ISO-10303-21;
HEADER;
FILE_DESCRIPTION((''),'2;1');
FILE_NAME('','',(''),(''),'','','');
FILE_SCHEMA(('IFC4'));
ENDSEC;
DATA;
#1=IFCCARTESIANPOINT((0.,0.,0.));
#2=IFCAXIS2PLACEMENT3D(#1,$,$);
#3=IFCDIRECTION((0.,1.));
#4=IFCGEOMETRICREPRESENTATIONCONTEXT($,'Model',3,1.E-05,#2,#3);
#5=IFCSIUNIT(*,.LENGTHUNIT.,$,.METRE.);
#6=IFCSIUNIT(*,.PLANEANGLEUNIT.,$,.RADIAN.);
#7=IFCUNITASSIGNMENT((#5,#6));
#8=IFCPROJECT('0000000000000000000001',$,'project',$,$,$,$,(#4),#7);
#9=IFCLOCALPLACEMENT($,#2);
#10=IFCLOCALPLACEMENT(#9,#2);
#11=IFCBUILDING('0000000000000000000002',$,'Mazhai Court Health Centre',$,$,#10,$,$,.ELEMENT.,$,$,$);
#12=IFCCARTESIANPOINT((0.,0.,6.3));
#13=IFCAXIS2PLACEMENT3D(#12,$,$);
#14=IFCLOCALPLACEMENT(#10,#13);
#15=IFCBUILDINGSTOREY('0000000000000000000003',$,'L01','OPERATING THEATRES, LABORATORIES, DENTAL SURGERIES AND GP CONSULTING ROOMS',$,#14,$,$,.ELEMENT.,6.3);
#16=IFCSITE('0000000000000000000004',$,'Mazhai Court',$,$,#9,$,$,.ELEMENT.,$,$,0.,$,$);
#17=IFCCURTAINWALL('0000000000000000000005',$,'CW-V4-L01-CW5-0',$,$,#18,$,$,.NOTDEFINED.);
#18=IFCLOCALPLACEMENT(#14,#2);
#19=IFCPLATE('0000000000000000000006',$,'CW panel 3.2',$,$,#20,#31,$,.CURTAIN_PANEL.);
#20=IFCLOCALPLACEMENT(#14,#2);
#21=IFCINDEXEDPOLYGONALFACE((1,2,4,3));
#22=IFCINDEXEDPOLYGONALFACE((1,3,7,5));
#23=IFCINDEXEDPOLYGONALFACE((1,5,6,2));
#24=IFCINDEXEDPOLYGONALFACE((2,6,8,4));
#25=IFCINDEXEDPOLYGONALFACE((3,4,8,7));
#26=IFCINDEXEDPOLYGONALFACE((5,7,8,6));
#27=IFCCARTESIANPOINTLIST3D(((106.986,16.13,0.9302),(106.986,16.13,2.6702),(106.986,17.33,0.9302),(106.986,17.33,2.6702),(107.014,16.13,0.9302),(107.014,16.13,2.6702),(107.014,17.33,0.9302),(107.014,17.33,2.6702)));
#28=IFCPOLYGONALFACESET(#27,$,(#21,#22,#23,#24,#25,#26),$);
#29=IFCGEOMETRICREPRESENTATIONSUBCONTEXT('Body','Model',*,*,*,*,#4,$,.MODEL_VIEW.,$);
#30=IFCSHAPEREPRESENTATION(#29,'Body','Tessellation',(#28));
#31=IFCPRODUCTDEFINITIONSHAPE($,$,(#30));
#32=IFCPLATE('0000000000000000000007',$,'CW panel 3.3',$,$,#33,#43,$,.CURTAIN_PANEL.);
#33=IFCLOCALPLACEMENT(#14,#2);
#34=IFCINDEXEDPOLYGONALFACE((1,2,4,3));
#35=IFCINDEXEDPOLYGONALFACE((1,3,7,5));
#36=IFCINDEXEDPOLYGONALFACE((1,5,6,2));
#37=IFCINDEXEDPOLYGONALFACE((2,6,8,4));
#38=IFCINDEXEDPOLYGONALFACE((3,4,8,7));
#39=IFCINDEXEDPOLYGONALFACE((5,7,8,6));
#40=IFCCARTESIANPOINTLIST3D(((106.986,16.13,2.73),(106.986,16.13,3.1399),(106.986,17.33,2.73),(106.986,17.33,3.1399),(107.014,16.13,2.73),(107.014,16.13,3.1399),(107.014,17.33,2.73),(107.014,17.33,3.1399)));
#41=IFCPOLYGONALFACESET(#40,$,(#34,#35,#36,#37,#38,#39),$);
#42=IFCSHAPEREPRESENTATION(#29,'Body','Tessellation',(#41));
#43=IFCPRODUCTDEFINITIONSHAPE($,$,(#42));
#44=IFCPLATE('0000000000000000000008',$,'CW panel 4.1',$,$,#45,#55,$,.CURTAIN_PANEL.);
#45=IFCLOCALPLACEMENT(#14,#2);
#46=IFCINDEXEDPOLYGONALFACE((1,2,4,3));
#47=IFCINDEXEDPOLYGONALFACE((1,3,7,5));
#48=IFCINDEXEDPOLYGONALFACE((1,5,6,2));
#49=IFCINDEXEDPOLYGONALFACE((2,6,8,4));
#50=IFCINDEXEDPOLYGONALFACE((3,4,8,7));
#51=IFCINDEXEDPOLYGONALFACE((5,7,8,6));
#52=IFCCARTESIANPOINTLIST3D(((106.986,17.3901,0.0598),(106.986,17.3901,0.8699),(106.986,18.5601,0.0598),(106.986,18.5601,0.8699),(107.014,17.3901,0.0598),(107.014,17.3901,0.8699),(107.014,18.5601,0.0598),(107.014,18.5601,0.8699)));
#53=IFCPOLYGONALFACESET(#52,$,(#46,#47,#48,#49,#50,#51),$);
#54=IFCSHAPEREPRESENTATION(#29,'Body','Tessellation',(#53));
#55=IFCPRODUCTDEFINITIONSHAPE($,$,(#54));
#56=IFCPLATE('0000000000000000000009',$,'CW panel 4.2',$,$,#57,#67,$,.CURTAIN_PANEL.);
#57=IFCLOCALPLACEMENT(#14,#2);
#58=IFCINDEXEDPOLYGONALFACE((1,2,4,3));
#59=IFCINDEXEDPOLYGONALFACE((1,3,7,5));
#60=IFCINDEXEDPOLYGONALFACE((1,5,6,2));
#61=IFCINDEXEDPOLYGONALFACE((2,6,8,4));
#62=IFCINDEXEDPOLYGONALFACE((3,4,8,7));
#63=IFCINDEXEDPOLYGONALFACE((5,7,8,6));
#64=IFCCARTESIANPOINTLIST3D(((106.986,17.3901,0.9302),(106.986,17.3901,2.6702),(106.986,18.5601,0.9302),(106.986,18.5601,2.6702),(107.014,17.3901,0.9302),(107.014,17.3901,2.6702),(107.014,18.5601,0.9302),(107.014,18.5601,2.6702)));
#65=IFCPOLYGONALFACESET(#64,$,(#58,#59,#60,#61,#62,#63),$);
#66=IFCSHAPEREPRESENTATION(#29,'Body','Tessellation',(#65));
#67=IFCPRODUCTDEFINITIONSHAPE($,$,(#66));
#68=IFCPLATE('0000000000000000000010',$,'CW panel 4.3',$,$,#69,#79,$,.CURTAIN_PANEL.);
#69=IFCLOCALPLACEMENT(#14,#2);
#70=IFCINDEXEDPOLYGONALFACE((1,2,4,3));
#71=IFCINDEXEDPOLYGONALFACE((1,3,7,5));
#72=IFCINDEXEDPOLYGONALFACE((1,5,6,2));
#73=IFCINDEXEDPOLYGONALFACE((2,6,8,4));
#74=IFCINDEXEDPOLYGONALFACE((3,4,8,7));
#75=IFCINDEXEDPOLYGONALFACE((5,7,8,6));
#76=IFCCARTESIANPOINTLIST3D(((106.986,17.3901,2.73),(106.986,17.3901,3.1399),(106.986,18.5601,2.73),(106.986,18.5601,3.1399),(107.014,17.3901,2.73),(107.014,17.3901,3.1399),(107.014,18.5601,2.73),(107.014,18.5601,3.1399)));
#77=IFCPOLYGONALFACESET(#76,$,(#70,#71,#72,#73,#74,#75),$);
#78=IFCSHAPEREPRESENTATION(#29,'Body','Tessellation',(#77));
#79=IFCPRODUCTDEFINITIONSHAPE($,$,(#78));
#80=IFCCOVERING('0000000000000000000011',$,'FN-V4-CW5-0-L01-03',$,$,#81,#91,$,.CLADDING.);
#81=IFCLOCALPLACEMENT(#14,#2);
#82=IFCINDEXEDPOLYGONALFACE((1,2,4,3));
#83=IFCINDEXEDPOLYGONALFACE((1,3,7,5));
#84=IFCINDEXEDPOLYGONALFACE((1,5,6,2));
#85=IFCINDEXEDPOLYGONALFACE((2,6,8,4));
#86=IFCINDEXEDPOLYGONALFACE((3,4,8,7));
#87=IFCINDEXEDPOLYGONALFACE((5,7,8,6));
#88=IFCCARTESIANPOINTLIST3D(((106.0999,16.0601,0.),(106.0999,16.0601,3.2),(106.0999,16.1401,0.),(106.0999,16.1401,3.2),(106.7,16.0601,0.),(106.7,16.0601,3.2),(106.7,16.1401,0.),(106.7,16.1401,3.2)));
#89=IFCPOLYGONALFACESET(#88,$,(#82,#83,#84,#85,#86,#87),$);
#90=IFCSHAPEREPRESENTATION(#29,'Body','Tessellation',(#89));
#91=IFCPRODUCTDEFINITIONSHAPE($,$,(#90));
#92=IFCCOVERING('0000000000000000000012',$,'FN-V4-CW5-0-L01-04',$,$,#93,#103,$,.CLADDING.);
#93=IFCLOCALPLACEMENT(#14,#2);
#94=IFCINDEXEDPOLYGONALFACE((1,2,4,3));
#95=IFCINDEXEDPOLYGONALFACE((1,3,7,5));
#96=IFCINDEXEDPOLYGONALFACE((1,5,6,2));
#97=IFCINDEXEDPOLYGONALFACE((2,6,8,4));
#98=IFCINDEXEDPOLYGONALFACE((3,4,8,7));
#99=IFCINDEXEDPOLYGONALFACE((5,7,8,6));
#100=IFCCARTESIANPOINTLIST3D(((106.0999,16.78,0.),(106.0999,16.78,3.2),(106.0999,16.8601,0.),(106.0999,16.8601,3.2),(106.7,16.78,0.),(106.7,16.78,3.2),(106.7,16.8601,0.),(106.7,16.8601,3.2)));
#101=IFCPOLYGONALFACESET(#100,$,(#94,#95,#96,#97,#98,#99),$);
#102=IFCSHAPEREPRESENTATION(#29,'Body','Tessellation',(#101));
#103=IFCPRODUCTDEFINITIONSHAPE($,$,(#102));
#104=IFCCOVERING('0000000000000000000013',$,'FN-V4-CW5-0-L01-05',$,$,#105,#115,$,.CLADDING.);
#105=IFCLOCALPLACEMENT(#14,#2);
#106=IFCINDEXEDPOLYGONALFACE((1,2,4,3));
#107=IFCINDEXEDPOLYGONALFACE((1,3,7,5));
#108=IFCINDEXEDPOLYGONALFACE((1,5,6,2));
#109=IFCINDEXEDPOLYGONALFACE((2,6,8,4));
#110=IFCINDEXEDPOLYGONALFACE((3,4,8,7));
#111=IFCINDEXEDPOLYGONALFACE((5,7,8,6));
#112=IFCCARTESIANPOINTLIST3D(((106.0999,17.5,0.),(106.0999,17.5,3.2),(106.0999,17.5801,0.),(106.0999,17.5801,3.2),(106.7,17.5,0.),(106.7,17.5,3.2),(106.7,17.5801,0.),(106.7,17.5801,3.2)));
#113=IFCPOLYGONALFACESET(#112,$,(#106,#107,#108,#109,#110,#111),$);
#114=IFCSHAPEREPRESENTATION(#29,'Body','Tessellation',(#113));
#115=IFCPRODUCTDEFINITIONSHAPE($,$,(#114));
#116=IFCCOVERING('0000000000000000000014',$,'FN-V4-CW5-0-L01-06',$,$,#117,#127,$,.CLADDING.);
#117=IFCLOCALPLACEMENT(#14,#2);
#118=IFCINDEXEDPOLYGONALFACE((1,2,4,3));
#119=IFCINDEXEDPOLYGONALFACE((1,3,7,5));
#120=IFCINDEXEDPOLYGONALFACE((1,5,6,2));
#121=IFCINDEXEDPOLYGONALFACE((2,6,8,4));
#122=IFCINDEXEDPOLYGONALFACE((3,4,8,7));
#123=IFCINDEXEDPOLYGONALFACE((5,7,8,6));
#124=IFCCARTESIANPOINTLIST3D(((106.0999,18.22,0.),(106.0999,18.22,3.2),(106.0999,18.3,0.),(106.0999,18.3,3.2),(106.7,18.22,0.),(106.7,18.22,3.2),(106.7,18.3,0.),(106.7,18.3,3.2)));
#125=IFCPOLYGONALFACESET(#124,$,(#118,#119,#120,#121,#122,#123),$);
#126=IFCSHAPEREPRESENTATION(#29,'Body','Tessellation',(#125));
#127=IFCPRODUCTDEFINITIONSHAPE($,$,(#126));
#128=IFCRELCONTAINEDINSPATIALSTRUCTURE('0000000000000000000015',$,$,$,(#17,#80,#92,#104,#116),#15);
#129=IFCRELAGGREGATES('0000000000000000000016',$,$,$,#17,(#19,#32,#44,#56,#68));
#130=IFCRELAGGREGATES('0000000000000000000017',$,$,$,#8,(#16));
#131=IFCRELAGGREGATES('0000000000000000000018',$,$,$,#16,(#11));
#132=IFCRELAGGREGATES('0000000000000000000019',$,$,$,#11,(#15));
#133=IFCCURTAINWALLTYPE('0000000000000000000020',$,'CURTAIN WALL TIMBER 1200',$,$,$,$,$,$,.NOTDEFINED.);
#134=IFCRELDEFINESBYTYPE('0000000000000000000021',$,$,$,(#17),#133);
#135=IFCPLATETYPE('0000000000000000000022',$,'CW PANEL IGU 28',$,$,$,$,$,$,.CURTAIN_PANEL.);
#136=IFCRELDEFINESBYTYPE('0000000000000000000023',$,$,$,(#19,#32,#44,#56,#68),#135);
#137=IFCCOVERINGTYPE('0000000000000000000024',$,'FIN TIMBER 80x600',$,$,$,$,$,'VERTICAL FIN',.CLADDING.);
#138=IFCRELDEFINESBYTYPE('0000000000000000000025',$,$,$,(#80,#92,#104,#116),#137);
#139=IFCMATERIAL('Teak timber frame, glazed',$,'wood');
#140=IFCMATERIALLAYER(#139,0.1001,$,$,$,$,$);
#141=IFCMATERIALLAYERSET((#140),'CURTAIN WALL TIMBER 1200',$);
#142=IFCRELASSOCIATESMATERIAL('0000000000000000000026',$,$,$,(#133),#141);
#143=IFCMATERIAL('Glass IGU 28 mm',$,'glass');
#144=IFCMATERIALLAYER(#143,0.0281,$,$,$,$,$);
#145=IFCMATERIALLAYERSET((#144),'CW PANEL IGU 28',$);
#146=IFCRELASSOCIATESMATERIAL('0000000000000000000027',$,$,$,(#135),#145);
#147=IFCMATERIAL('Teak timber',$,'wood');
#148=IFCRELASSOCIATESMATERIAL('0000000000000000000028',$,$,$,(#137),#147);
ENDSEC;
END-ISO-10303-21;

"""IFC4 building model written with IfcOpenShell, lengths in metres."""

from ifc_helpers import new_model, si_unit, direction, frame, origin, origin_2d, place, context, subcontext, project, spatial, rectangle, extrude, material, layer, layer_set, type_object, element, aggregate, save


model = new_model("IFC4")

# Units and contexts
model_context = context("Model", 3, precision=1e-05, world=origin(), true_north=direction((0.0, 1.0)))
body_context = subcontext(model_context, "Body", "Model", "MODEL_VIEW")
ifc_project = project(units=[si_unit("LENGTHUNIT", "METRE"), si_unit("PLANEANGLEUNIT", "RADIAN")], contexts=[model_context])

# Site, building, storey
site_placement = place(None, origin())
site = spatial("IfcSite", under=ifc_project, at=site_placement, Name="Mazhai Court", CompositionType="ELEMENT", RefElevation=0.0)
building_placement = place(site_placement, origin())
building = spatial("IfcBuilding", under=site, at=building_placement, Name="Mazhai Court Health Centre", CompositionType="ELEMENT")
storey_placement = place(building_placement, frame((0.0, 0.0, 6.3)))
storey = spatial("IfcBuildingStorey", under=building, at=storey_placement, Name="L01", Description="OPERATING THEATRES, LABORATORIES, DENTAL SURGERIES AND GP CONSULTING ROOMS", CompositionType="ELEMENT", Elevation=6.3)

# Curtain wall, plates
ifc_material_1 = material(Name="Teak timber frame, glazed", Category="wood")
ifc_layer_1 = layer(ifc_material_1, 0.1001)
ifc_layer_set_1 = layer_set([ifc_layer_1], Name="CURTAIN WALL TIMBER 1200")
curtain_wall_type = type_object("IfcCurtainWallType", Name="CURTAIN WALL TIMBER 1200", PredefinedType="NOTDEFINED", material=ifc_layer_set_1)
curtain_wall_placement = place(storey_placement, origin())
curtain_wall = element("IfcCurtainWall", 1, at=curtain_wall_placement, inside=storey, type_object=curtain_wall_type, Name="CW-V4-L01-CW5-0", PredefinedType="NOTDEFINED")
ifc_material_2 = material(Name="Glass IGU 28 mm", Category="glass")
ifc_layer_2 = layer(ifc_material_2, 0.0281)
ifc_layer_set_2 = layer_set([ifc_layer_2], Name="CW PANEL IGU 28")
plate_type = type_object("IfcPlateType", Name="CW PANEL IGU 28", PredefinedType="CURTAIN_PANEL", material=ifc_layer_set_2)
plate_1_placement = place(storey_placement, frame((107.0, 16.73, 0.9302), z_axis=(0.0, 0.0, 1.0), x_axis=(0.0, 1.0, 0.0)))
plate_1 = element("IfcPlate", 2, at=plate_1_placement, type_object=plate_type, Name="CW panel 3.2", PredefinedType="CURTAIN_PANEL", context=body_context, shape_type="SweptSolid", body=[
    extrude(rectangle(XDim=1.2, YDim=0.0281, at=origin_2d()), origin(), (0.0, 0.0, 1.0), 1.74),
])
plate_2_placement = place(storey_placement, frame((107.0, 16.73, 2.73), z_axis=(0.0, 0.0, 1.0), x_axis=(0.0, 1.0, 0.0)))
plate_2 = element("IfcPlate", 3, at=plate_2_placement, type_object=plate_type, Name="CW panel 3.3", PredefinedType="CURTAIN_PANEL", context=body_context, shape_type="SweptSolid", body=[
    extrude(rectangle(XDim=1.2, YDim=0.0281, at=origin_2d()), origin(), (0.0, 0.0, 1.0), 0.4099),
])
plate_3_placement = place(storey_placement, frame((107.0, 17.9751, 0.0598), z_axis=(0.0, 0.0, 1.0), x_axis=(0.0, 1.0, 0.0)))
plate_3 = element("IfcPlate", 4, at=plate_3_placement, type_object=plate_type, Name="CW panel 4.1", PredefinedType="CURTAIN_PANEL", context=body_context, shape_type="SweptSolid", body=[
    extrude(rectangle(XDim=1.1699, YDim=0.0281, at=origin_2d()), origin(), (0.0, 0.0, 1.0), 0.8101),
])
plate_4_placement = place(storey_placement, frame((107.0, 17.9751, 0.9302), z_axis=(0.0, 0.0, 1.0), x_axis=(0.0, 1.0, 0.0)))
plate_4 = element("IfcPlate", 5, at=plate_4_placement, type_object=plate_type, Name="CW panel 4.2", PredefinedType="CURTAIN_PANEL", context=body_context, shape_type="SweptSolid", body=[
    extrude(rectangle(XDim=1.1699, YDim=0.0281, at=origin_2d()), origin(), (0.0, 0.0, 1.0), 1.74),
])
plate_5_placement = place(storey_placement, frame((107.0, 17.9751, 2.73), z_axis=(0.0, 0.0, 1.0), x_axis=(0.0, 1.0, 0.0)))
plate_5 = element("IfcPlate", 6, at=plate_5_placement, type_object=plate_type, Name="CW panel 4.3", PredefinedType="CURTAIN_PANEL", context=body_context, shape_type="SweptSolid", body=[
    extrude(rectangle(XDim=1.1699, YDim=0.0281, at=origin_2d()), origin(), (0.0, 0.0, 1.0), 0.4099),
])
aggregate(curtain_wall, [plate_1, plate_2, plate_3, plate_4, plate_5])

# Coverings
ifc_material_3 = material(Name="Teak timber", Category="wood")
covering_type = type_object("IfcCoveringType", Name="FIN TIMBER 80x600", ElementType="VERTICAL FIN", PredefinedType="CLADDING", material=ifc_material_3)
for number, where, z_axis, x_axis, name in (
    (7, (106.3999, 16.1001, 0.0), (0.0, 0.0, 1.0), (0.0, 1.0, 0.0), "FN-V4-CW5-0-L01-03"),
    (8, (106.3999, 16.8201, 0.0), (0.0, 0.0, 1.0), (0.0, 1.0, 0.0), "FN-V4-CW5-0-L01-04"),
    (9, (106.3999, 17.54, 0.0), (0.0, 0.0, 1.0), (0.0, 1.0, 0.0), "FN-V4-CW5-0-L01-05"),
    (10, (106.3999, 18.26, 0.0), (0.0, 0.0, 1.0), (0.0, 1.0, 0.0), "FN-V4-CW5-0-L01-06"),
):
    element("IfcCovering", number, at=place(storey_placement, frame(where, z_axis=z_axis, x_axis=x_axis)), inside=storey, type_object=covering_type, Name=name, PredefinedType="CLADDING", context=body_context, shape_type="SweptSolid", body=[
        extrude(rectangle(XDim=0.0801, YDim=0.6001, at=origin_2d()), origin(), (0.0, 0.0, 1.0), 3.2),
    ])

save(model, "model.ifc")
